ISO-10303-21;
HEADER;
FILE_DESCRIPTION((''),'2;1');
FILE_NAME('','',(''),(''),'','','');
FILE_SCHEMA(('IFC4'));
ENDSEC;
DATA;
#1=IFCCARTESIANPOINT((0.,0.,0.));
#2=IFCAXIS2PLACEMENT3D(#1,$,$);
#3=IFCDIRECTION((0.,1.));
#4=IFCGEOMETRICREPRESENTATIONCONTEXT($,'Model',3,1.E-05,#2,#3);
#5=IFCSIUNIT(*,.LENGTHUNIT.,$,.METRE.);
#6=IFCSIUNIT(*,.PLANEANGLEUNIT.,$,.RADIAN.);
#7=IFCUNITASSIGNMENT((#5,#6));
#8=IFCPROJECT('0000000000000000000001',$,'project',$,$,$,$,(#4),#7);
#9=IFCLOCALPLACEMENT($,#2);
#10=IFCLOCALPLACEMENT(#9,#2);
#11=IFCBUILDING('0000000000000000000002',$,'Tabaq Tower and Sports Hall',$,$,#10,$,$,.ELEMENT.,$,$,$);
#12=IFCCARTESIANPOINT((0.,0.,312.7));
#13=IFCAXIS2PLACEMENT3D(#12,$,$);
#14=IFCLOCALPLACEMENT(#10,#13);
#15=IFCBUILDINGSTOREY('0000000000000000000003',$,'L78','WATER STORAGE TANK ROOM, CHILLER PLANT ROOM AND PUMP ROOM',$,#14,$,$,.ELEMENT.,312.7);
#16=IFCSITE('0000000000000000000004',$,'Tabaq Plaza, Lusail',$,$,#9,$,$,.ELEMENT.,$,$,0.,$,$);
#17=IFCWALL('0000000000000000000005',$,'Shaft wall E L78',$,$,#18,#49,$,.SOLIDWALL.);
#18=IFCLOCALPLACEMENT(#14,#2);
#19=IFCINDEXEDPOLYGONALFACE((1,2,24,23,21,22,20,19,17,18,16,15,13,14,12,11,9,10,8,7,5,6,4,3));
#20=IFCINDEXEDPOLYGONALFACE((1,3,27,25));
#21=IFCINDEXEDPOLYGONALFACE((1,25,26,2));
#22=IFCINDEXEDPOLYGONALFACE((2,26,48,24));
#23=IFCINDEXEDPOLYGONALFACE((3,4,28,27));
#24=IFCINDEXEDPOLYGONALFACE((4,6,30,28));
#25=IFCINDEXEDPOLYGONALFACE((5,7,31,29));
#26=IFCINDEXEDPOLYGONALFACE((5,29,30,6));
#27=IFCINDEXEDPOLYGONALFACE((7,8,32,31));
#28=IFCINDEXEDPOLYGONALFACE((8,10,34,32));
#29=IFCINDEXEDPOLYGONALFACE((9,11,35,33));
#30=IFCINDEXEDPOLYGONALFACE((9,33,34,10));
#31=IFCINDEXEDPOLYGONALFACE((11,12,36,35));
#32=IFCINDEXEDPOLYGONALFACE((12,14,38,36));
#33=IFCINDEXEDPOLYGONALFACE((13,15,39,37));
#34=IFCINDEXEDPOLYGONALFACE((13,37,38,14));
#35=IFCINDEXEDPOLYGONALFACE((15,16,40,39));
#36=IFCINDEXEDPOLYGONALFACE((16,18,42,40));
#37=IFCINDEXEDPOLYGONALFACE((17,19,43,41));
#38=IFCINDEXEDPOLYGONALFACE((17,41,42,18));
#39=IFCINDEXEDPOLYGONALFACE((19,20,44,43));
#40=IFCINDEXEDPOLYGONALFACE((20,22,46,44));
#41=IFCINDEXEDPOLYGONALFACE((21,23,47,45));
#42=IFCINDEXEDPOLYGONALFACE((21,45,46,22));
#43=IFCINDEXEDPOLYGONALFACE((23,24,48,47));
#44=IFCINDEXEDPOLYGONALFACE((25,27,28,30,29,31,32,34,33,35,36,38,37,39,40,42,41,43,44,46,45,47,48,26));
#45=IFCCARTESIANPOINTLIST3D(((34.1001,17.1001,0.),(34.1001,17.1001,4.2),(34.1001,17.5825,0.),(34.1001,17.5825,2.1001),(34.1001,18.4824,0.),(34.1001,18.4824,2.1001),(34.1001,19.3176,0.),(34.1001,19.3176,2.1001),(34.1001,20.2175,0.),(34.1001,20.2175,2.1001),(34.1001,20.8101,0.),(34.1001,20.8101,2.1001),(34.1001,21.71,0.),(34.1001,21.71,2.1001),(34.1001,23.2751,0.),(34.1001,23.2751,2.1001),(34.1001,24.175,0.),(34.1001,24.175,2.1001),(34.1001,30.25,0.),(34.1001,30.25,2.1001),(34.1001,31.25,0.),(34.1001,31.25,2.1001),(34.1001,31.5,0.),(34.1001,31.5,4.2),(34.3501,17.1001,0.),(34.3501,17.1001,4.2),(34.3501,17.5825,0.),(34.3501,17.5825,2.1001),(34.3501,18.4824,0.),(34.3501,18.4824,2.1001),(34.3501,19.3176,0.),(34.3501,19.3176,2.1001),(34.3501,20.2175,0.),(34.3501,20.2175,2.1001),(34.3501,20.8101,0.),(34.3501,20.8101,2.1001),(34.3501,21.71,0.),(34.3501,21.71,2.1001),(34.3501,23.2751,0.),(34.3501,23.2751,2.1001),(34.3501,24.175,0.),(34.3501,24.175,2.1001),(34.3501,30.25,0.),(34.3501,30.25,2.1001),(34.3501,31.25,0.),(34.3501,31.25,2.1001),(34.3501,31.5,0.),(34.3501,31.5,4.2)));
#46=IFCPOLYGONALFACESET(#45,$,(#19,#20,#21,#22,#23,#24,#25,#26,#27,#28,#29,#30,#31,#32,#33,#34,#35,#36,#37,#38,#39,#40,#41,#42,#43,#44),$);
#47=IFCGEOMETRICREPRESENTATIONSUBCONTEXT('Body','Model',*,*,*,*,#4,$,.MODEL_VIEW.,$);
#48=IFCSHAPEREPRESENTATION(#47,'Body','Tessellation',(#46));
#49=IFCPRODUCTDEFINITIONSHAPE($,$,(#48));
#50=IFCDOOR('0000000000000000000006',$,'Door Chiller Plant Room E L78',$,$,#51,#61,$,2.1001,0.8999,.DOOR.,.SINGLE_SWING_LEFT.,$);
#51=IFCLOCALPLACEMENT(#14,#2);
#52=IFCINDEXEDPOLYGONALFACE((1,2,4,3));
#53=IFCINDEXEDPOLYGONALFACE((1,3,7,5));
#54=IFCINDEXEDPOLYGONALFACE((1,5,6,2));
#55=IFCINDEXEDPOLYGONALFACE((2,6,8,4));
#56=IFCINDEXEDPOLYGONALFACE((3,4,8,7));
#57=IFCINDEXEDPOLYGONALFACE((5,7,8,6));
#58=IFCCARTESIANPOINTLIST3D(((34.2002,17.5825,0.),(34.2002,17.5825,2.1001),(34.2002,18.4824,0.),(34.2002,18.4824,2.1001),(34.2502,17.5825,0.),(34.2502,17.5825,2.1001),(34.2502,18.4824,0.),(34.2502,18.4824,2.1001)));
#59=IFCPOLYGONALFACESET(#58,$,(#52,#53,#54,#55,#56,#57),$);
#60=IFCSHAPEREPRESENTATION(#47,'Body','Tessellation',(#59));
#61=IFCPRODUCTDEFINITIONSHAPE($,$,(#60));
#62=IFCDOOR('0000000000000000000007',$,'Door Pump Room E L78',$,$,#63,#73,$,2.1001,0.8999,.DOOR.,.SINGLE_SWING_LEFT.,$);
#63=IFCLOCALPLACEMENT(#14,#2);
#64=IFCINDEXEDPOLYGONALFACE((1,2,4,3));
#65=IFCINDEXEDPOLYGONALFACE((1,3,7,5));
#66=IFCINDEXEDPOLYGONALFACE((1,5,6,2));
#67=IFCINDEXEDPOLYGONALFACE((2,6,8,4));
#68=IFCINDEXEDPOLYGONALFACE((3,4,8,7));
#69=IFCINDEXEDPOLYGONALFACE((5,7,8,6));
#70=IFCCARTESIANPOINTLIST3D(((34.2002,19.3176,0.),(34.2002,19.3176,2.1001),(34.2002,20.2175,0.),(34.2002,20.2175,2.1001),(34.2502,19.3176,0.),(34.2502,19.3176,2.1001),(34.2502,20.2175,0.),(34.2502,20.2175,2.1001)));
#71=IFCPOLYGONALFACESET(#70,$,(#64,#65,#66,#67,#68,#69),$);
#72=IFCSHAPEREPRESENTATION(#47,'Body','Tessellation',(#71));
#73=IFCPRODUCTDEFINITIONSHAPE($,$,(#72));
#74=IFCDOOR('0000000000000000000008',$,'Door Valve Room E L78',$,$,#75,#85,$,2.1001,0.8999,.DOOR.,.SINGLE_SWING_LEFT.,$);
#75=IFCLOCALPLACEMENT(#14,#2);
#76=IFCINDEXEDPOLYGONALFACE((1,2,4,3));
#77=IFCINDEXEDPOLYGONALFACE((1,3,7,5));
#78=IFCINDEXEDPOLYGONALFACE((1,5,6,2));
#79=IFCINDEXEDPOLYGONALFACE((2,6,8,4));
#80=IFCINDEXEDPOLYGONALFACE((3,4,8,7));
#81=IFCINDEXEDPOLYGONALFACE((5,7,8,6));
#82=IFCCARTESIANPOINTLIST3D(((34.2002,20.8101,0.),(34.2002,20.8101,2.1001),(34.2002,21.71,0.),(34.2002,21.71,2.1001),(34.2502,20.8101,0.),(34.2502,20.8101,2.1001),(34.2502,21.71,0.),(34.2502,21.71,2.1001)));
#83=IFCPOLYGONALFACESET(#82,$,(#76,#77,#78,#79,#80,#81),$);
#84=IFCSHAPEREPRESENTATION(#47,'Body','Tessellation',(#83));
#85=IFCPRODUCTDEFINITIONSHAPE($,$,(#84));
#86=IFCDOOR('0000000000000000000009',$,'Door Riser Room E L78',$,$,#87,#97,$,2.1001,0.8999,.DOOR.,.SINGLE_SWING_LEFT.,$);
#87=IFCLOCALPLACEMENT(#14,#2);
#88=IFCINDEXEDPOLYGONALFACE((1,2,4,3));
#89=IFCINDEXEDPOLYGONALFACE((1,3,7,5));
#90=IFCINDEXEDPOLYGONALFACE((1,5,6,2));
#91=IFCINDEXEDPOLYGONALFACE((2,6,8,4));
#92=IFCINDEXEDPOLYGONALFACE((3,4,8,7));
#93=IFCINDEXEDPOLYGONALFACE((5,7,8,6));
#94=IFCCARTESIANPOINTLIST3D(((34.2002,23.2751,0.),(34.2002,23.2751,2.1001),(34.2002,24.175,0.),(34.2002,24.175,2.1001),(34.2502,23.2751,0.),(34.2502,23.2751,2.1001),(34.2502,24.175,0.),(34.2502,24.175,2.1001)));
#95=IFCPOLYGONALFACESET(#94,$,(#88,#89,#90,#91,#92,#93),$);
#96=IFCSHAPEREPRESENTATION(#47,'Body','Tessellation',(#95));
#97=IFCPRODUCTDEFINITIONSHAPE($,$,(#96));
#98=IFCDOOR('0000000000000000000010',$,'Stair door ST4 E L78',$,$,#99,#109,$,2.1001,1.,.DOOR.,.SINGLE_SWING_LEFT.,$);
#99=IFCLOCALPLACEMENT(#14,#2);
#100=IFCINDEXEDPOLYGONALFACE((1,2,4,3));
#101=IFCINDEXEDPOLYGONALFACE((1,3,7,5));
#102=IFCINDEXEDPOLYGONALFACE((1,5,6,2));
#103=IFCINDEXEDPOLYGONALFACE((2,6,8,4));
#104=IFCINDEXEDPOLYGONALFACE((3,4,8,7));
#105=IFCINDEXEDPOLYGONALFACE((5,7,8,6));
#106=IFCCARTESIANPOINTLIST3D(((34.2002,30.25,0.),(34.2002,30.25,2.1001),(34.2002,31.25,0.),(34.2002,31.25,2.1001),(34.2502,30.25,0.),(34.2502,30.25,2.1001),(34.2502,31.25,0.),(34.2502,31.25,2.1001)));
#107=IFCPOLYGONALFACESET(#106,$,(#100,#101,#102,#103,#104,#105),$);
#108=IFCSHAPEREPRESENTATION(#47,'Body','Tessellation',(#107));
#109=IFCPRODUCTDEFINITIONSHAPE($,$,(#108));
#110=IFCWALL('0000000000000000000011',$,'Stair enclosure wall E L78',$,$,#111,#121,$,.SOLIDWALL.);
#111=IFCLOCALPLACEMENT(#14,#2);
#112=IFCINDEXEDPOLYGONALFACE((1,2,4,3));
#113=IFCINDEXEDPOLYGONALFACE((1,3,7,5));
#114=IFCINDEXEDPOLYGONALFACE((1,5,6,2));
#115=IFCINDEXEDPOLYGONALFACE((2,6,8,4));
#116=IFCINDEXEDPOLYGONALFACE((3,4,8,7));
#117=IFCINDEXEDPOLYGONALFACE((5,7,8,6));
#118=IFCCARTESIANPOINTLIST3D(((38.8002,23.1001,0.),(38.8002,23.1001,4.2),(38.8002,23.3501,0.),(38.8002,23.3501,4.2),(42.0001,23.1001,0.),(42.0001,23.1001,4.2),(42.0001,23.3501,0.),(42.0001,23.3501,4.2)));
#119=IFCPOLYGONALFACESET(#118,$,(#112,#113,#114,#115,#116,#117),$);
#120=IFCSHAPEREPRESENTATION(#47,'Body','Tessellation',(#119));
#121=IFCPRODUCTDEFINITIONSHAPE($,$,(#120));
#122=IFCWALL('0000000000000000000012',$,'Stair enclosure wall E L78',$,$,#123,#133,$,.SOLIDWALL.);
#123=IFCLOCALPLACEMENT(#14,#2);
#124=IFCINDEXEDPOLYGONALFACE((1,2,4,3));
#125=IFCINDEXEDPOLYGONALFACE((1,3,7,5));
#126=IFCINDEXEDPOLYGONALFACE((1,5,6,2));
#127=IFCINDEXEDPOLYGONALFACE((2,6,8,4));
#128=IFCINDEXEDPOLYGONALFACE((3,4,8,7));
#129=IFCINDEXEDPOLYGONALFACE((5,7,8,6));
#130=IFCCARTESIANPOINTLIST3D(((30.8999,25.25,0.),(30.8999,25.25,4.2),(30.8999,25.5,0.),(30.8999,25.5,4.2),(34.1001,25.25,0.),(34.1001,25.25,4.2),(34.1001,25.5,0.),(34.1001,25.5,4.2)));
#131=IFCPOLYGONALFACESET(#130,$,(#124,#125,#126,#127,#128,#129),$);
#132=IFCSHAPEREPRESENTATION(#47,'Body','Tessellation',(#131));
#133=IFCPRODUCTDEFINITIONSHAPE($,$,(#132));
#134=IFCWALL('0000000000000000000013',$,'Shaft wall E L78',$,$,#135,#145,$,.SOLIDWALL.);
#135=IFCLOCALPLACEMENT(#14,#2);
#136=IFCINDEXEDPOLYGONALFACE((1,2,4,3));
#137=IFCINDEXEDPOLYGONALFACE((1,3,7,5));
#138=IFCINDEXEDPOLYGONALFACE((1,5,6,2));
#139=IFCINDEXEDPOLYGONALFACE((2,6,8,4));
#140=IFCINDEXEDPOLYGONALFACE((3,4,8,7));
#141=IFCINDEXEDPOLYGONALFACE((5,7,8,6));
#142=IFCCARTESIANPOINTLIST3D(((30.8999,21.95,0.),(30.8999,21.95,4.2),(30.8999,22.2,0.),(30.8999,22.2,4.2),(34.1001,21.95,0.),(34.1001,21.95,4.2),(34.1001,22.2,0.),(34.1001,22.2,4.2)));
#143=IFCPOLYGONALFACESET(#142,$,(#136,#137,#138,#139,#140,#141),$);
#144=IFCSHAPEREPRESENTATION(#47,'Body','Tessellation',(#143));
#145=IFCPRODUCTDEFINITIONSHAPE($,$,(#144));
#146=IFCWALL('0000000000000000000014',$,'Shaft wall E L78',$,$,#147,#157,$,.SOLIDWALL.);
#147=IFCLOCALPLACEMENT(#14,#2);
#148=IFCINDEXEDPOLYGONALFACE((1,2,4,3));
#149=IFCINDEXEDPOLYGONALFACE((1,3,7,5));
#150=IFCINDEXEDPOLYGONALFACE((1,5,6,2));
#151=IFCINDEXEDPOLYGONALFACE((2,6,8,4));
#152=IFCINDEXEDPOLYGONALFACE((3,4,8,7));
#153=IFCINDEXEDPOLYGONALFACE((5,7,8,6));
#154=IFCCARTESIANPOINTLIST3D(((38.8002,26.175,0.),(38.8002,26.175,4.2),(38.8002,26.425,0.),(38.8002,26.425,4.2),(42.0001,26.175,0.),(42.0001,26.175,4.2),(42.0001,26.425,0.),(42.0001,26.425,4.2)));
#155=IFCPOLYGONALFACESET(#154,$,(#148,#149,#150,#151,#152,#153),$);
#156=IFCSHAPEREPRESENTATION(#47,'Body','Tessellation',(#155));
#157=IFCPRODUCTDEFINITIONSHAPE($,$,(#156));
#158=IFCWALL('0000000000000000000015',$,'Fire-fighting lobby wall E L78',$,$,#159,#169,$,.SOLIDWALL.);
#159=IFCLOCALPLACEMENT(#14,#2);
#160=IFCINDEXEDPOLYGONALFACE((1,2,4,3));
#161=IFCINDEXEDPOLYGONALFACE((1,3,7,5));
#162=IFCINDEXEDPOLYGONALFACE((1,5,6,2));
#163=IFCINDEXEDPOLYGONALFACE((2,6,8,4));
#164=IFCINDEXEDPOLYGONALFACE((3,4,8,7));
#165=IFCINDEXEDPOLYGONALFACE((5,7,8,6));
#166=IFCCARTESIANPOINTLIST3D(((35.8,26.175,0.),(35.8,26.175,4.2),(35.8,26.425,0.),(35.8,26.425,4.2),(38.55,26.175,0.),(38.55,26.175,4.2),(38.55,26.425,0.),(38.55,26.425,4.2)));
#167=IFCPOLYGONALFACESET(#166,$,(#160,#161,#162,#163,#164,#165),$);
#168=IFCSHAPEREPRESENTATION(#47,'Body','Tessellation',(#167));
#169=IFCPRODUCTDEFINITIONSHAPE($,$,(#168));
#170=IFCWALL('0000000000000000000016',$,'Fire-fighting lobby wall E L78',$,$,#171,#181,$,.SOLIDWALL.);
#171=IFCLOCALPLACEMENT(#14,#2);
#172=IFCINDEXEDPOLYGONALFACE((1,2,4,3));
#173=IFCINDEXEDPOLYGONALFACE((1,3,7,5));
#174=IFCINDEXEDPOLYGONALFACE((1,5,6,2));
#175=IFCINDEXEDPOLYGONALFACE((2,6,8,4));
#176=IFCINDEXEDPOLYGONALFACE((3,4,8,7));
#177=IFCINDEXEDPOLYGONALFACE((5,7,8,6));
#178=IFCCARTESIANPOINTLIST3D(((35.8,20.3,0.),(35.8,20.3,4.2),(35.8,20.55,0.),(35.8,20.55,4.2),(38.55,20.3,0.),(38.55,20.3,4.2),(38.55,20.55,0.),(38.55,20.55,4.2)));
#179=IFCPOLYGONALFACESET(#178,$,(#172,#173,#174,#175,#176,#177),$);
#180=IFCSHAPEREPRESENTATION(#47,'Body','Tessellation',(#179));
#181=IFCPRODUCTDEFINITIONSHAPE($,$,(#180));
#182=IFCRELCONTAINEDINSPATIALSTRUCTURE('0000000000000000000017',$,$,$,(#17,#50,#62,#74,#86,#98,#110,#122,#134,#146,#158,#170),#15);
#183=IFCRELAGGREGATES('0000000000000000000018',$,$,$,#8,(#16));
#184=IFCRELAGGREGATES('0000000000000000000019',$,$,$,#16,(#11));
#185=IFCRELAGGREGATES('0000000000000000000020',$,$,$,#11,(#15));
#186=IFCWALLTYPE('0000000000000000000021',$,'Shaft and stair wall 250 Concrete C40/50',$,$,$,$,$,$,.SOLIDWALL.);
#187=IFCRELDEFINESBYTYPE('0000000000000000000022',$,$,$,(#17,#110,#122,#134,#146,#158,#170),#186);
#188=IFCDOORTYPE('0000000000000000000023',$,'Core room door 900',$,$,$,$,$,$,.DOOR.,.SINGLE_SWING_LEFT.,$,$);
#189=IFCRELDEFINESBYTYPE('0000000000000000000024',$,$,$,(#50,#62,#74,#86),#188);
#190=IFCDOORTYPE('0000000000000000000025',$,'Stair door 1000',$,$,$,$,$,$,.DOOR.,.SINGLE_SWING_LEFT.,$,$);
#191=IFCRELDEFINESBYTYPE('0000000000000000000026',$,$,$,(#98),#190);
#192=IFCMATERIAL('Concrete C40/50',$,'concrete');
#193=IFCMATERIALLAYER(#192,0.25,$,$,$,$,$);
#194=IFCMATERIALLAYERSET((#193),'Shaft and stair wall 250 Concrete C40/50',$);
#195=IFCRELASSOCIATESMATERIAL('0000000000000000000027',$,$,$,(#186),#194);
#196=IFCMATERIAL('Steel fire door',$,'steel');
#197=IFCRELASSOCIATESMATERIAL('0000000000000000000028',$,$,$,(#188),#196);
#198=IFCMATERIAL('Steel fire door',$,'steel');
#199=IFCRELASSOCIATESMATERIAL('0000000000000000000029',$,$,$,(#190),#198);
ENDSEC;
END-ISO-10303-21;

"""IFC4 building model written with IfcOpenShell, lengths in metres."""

from ifc_helpers import new_model, si_unit, direction, frame, frame_2d, origin, place, context, subcontext, project, spatial, rectangle, extrude, material, layer, layer_set, type_object, element, fill, save


model = new_model("IFC4")

# Units and contexts
model_context = context("Model", 3, precision=1e-05, world=origin(), true_north=direction((0.0, 1.0)))
body_context = subcontext(model_context, "Body", "Model", "MODEL_VIEW")
ifc_project = project(units=[si_unit("LENGTHUNIT", "METRE"), si_unit("PLANEANGLEUNIT", "RADIAN")], contexts=[model_context])

# Site, building, storey
site_placement = place(None, origin())
site = spatial("IfcSite", under=ifc_project, at=site_placement, Name="Tabaq Plaza, Lusail", CompositionType="ELEMENT", RefElevation=0.0)
building_placement = place(site_placement, origin())
building = spatial("IfcBuilding", under=site, at=building_placement, Name="Tabaq Tower and Sports Hall", CompositionType="ELEMENT")
storey_placement = place(building_placement, frame((0.0, 0.0, 312.7)))
storey = spatial("IfcBuildingStorey", under=building, at=storey_placement, Name="L78", Description="WATER STORAGE TANK ROOM, CHILLER PLANT ROOM AND PUMP ROOM", CompositionType="ELEMENT", Elevation=312.7)

# Wall, openings, doors
ifc_material_1 = material(Name="Concrete C40/50", Category="concrete")
ifc_layer_1 = layer(ifc_material_1, 0.25)
ifc_layer_set_1 = layer_set([ifc_layer_1], Name="Shaft and stair wall 250 Concrete C40/50")
wall_type_1 = type_object("IfcWallType", Name="Shaft and stair wall 250 Concrete C40/50", PredefinedType="SOLIDWALL", material=ifc_layer_set_1)
ifc_material_2 = material(Name="Steel fire door", Category="steel")
door_type_1 = type_object("IfcDoorType", Name="Core room door 900", OperationType="SINGLE_SWING_LEFT", PredefinedType="DOOR", material=ifc_material_2)
ifc_material_3 = material(Name="Steel fire door", Category="steel")
door_type_2 = type_object("IfcDoorType", Name="Stair door 1000", OperationType="SINGLE_SWING_LEFT", PredefinedType="DOOR", material=ifc_material_3)
wall_1_placement = place(storey_placement, frame((34.2251, 17.1001, 0.0), z_axis=(0.0, 0.0, 1.0), x_axis=(0.0, 1.0, 0.0)))
wall_1 = element("IfcWall", 1, at=wall_1_placement, inside=storey, type_object=wall_type_1, Name="Shaft wall E L78", PredefinedType="SOLIDWALL", context=body_context, shape_type="SweptSolid", body=[
    extrude(rectangle(XDim=14.3999, YDim=0.25, at=frame_2d((7.2, 0.0))), origin(), (0.0, 0.0, 1.0), 4.2),
])
opening_1_placement = place(wall_1_placement, frame((13.1499, 0.0, 0.0)))
opening_1 = element("IfcOpeningElement", 2, at=opening_1_placement, cuts=wall_1, PredefinedType="OPENING", context=body_context, shape_type="SweptSolid", body=[
    extrude(rectangle(XDim=1.0, YDim=2.1001, at=frame_2d((0.5, 1.05))), frame((0.0, 0.125, 0.0), z_axis=(0.0, -1.0, 0.0), x_axis=(1.0, 0.0, 0.0)), (0.0, 0.0, 1.0), 0.25),
])
opening_2_placement = place(wall_1_placement, frame((0.4824, 0.0, 0.0)))
opening_2 = element("IfcOpeningElement", 3, at=opening_2_placement, cuts=wall_1, PredefinedType="OPENING", context=body_context, shape_type="SweptSolid", body=[
    extrude(rectangle(XDim=0.8999, YDim=2.1001, at=frame_2d((0.45, 1.05))), frame((0.0, 0.125, 0.0), z_axis=(0.0, -1.0, 0.0), x_axis=(1.0, 0.0, 0.0)), (0.0, 0.0, 1.0), 0.25),
])
opening_3_placement = place(wall_1_placement, frame((2.2175, 0.0, 0.0)))
opening_3 = element("IfcOpeningElement", 4, at=opening_3_placement, cuts=wall_1, PredefinedType="OPENING", context=body_context, shape_type="SweptSolid", body=[
    extrude(rectangle(XDim=0.8999, YDim=2.1001, at=frame_2d((0.45, 1.05))), frame((0.0, 0.125, 0.0), z_axis=(0.0, -1.0, 0.0), x_axis=(1.0, 0.0, 0.0)), (0.0, 0.0, 1.0), 0.25),
])
opening_4_placement = place(wall_1_placement, frame((3.71, 0.0, 0.0)))
opening_4 = element("IfcOpeningElement", 5, at=opening_4_placement, cuts=wall_1, PredefinedType="OPENING", context=body_context, shape_type="SweptSolid", body=[
    extrude(rectangle(XDim=0.8999, YDim=2.1001, at=frame_2d((0.45, 1.05))), frame((0.0, 0.125, 0.0), z_axis=(0.0, -1.0, 0.0), x_axis=(1.0, 0.0, 0.0)), (0.0, 0.0, 1.0), 0.25),
])
opening_5_placement = place(wall_1_placement, frame((6.175, 0.0, 0.0)))
opening_5 = element("IfcOpeningElement", 6, at=opening_5_placement, cuts=wall_1, PredefinedType="OPENING", context=body_context, shape_type="SweptSolid", body=[
    extrude(rectangle(XDim=0.8999, YDim=2.1001, at=frame_2d((0.45, 1.05))), frame((0.0, 0.125, 0.0), z_axis=(0.0, -1.0, 0.0), x_axis=(1.0, 0.0, 0.0)), (0.0, 0.0, 1.0), 0.25),
])
door_1_placement = place(opening_2_placement, origin())
door_1 = element("IfcDoor", 7, at=door_1_placement, inside=storey, type_object=door_type_1, Name="Door Chiller Plant Room E L78", OperationType="SINGLE_SWING_LEFT", OverallHeight=2.1001, OverallWidth=0.8999, PredefinedType="DOOR", context=body_context, shape_type="SweptSolid", body=[
    extrude(rectangle(XDim=0.8999, YDim=2.1001, at=frame_2d((0.45, 1.05))), frame((0.0, 0.0249, 0.0), z_axis=(0.0, -1.0, 0.0), x_axis=(1.0, 0.0, 0.0)), (0.0, 0.0, 1.0), 0.05),
])
fill(opening_2, door_1)
door_2_placement = place(opening_3_placement, origin())
door_2 = element("IfcDoor", 8, at=door_2_placement, inside=storey, type_object=door_type_1, Name="Door Pump Room E L78", OperationType="SINGLE_SWING_LEFT", OverallHeight=2.1001, OverallWidth=0.8999, PredefinedType="DOOR", context=body_context, shape_type="SweptSolid", body=[
    extrude(rectangle(XDim=0.8999, YDim=2.1001, at=frame_2d((0.45, 1.05))), frame((0.0, 0.0249, 0.0), z_axis=(0.0, -1.0, 0.0), x_axis=(1.0, 0.0, 0.0)), (0.0, 0.0, 1.0), 0.05),
])
fill(opening_3, door_2)
door_3_placement = place(opening_4_placement, origin())
door_3 = element("IfcDoor", 9, at=door_3_placement, inside=storey, type_object=door_type_1, Name="Door Valve Room E L78", OperationType="SINGLE_SWING_LEFT", OverallHeight=2.1001, OverallWidth=0.8999, PredefinedType="DOOR", context=body_context, shape_type="SweptSolid", body=[
    extrude(rectangle(XDim=0.8999, YDim=2.1001, at=frame_2d((0.45, 1.05))), frame((0.0, 0.0249, 0.0), z_axis=(0.0, -1.0, 0.0), x_axis=(1.0, 0.0, 0.0)), (0.0, 0.0, 1.0), 0.05),
])
fill(opening_4, door_3)
door_4_placement = place(opening_5_placement, origin())
door_4 = element("IfcDoor", 10, at=door_4_placement, inside=storey, type_object=door_type_1, Name="Door Riser Room E L78", OperationType="SINGLE_SWING_LEFT", OverallHeight=2.1001, OverallWidth=0.8999, PredefinedType="DOOR", context=body_context, shape_type="SweptSolid", body=[
    extrude(rectangle(XDim=0.8999, YDim=2.1001, at=frame_2d((0.45, 1.05))), frame((0.0, 0.0249, 0.0), z_axis=(0.0, -1.0, 0.0), x_axis=(1.0, 0.0, 0.0)), (0.0, 0.0, 1.0), 0.05),
])
fill(opening_5, door_4)
door_5_placement = place(opening_1_placement, origin())
door_5 = element("IfcDoor", 11, at=door_5_placement, inside=storey, type_object=door_type_2, Name="Stair door ST4 E L78", OperationType="SINGLE_SWING_LEFT", OverallHeight=2.1001, OverallWidth=1.0, PredefinedType="DOOR", context=body_context, shape_type="SweptSolid", body=[
    extrude(rectangle(XDim=1.0, YDim=2.1001, at=frame_2d((0.5, 1.05))), frame((0.0, 0.0249, 0.0), z_axis=(0.0, -1.0, 0.0), x_axis=(1.0, 0.0, 0.0)), (0.0, 0.0, 1.0), 0.05),
])
fill(opening_1, door_5)

# Walls
wall_2_placement = place(storey_placement, frame((38.8, 23.2251, 0.0), z_axis=(0.0, 0.0, 1.0), x_axis=(1.0, 0.0, 0.0)))
element("IfcWall", 12, at=wall_2_placement, inside=storey, type_object=wall_type_1, Name="Stair enclosure wall E L78", PredefinedType="SOLIDWALL", context=body_context, shape_type="SweptSolid", body=[
    extrude(rectangle(XDim=3.2, YDim=0.25, at=frame_2d((1.6001, 0.0))), origin(), (0.0, 0.0, 1.0), 4.2),
])
for number, where, z_axis, x_axis, name in (
    (13, (30.8999, 25.375, 0.0), (0.0, 0.0, 1.0), (1.0, 0.0, 0.0), "Stair enclosure wall E L78"),
    (14, (30.8999, 22.075, 0.0), (0.0, 0.0, 1.0), (1.0, 0.0, 0.0), "Shaft wall E L78"),
):
    element("IfcWall", number, at=place(storey_placement, frame(where, z_axis=z_axis, x_axis=x_axis)), inside=storey, type_object=wall_type_1, Name=name, PredefinedType="SOLIDWALL", context=body_context, shape_type="SweptSolid", body=[
        extrude(rectangle(XDim=3.2002, YDim=0.25, at=frame_2d((1.6001, 0.0))), origin(), (0.0, 0.0, 1.0), 4.2),
    ])
wall_3_placement = place(storey_placement, frame((38.8, 26.3, 0.0), z_axis=(0.0, 0.0, 1.0), x_axis=(1.0, 0.0, 0.0)))
element("IfcWall", 15, at=wall_3_placement, inside=storey, type_object=wall_type_1, Name="Shaft wall E L78", PredefinedType="SOLIDWALL", context=body_context, shape_type="SweptSolid", body=[
    extrude(rectangle(XDim=3.2, YDim=0.25, at=frame_2d((1.6001, 0.0))), origin(), (0.0, 0.0, 1.0), 4.2),
])
for number, where, z_axis, x_axis, name in (
    (16, (35.8, 26.3, 0.0), (0.0, 0.0, 1.0), (1.0, 0.0, 0.0), "Fire-fighting lobby wall E L78"),
    (17, (35.8, 20.425, 0.0), (0.0, 0.0, 1.0), (1.0, 0.0, 0.0), "Fire-fighting lobby wall E L78"),
):
    element("IfcWall", number, at=place(storey_placement, frame(where, z_axis=z_axis, x_axis=x_axis)), inside=storey, type_object=wall_type_1, Name=name, PredefinedType="SOLIDWALL", context=body_context, shape_type="SweptSolid", body=[
        extrude(rectangle(XDim=2.75, YDim=0.25, at=frame_2d((1.375, 0.0))), origin(), (0.0, 0.0, 1.0), 4.2),
    ])

save(model, "model.ifc")
